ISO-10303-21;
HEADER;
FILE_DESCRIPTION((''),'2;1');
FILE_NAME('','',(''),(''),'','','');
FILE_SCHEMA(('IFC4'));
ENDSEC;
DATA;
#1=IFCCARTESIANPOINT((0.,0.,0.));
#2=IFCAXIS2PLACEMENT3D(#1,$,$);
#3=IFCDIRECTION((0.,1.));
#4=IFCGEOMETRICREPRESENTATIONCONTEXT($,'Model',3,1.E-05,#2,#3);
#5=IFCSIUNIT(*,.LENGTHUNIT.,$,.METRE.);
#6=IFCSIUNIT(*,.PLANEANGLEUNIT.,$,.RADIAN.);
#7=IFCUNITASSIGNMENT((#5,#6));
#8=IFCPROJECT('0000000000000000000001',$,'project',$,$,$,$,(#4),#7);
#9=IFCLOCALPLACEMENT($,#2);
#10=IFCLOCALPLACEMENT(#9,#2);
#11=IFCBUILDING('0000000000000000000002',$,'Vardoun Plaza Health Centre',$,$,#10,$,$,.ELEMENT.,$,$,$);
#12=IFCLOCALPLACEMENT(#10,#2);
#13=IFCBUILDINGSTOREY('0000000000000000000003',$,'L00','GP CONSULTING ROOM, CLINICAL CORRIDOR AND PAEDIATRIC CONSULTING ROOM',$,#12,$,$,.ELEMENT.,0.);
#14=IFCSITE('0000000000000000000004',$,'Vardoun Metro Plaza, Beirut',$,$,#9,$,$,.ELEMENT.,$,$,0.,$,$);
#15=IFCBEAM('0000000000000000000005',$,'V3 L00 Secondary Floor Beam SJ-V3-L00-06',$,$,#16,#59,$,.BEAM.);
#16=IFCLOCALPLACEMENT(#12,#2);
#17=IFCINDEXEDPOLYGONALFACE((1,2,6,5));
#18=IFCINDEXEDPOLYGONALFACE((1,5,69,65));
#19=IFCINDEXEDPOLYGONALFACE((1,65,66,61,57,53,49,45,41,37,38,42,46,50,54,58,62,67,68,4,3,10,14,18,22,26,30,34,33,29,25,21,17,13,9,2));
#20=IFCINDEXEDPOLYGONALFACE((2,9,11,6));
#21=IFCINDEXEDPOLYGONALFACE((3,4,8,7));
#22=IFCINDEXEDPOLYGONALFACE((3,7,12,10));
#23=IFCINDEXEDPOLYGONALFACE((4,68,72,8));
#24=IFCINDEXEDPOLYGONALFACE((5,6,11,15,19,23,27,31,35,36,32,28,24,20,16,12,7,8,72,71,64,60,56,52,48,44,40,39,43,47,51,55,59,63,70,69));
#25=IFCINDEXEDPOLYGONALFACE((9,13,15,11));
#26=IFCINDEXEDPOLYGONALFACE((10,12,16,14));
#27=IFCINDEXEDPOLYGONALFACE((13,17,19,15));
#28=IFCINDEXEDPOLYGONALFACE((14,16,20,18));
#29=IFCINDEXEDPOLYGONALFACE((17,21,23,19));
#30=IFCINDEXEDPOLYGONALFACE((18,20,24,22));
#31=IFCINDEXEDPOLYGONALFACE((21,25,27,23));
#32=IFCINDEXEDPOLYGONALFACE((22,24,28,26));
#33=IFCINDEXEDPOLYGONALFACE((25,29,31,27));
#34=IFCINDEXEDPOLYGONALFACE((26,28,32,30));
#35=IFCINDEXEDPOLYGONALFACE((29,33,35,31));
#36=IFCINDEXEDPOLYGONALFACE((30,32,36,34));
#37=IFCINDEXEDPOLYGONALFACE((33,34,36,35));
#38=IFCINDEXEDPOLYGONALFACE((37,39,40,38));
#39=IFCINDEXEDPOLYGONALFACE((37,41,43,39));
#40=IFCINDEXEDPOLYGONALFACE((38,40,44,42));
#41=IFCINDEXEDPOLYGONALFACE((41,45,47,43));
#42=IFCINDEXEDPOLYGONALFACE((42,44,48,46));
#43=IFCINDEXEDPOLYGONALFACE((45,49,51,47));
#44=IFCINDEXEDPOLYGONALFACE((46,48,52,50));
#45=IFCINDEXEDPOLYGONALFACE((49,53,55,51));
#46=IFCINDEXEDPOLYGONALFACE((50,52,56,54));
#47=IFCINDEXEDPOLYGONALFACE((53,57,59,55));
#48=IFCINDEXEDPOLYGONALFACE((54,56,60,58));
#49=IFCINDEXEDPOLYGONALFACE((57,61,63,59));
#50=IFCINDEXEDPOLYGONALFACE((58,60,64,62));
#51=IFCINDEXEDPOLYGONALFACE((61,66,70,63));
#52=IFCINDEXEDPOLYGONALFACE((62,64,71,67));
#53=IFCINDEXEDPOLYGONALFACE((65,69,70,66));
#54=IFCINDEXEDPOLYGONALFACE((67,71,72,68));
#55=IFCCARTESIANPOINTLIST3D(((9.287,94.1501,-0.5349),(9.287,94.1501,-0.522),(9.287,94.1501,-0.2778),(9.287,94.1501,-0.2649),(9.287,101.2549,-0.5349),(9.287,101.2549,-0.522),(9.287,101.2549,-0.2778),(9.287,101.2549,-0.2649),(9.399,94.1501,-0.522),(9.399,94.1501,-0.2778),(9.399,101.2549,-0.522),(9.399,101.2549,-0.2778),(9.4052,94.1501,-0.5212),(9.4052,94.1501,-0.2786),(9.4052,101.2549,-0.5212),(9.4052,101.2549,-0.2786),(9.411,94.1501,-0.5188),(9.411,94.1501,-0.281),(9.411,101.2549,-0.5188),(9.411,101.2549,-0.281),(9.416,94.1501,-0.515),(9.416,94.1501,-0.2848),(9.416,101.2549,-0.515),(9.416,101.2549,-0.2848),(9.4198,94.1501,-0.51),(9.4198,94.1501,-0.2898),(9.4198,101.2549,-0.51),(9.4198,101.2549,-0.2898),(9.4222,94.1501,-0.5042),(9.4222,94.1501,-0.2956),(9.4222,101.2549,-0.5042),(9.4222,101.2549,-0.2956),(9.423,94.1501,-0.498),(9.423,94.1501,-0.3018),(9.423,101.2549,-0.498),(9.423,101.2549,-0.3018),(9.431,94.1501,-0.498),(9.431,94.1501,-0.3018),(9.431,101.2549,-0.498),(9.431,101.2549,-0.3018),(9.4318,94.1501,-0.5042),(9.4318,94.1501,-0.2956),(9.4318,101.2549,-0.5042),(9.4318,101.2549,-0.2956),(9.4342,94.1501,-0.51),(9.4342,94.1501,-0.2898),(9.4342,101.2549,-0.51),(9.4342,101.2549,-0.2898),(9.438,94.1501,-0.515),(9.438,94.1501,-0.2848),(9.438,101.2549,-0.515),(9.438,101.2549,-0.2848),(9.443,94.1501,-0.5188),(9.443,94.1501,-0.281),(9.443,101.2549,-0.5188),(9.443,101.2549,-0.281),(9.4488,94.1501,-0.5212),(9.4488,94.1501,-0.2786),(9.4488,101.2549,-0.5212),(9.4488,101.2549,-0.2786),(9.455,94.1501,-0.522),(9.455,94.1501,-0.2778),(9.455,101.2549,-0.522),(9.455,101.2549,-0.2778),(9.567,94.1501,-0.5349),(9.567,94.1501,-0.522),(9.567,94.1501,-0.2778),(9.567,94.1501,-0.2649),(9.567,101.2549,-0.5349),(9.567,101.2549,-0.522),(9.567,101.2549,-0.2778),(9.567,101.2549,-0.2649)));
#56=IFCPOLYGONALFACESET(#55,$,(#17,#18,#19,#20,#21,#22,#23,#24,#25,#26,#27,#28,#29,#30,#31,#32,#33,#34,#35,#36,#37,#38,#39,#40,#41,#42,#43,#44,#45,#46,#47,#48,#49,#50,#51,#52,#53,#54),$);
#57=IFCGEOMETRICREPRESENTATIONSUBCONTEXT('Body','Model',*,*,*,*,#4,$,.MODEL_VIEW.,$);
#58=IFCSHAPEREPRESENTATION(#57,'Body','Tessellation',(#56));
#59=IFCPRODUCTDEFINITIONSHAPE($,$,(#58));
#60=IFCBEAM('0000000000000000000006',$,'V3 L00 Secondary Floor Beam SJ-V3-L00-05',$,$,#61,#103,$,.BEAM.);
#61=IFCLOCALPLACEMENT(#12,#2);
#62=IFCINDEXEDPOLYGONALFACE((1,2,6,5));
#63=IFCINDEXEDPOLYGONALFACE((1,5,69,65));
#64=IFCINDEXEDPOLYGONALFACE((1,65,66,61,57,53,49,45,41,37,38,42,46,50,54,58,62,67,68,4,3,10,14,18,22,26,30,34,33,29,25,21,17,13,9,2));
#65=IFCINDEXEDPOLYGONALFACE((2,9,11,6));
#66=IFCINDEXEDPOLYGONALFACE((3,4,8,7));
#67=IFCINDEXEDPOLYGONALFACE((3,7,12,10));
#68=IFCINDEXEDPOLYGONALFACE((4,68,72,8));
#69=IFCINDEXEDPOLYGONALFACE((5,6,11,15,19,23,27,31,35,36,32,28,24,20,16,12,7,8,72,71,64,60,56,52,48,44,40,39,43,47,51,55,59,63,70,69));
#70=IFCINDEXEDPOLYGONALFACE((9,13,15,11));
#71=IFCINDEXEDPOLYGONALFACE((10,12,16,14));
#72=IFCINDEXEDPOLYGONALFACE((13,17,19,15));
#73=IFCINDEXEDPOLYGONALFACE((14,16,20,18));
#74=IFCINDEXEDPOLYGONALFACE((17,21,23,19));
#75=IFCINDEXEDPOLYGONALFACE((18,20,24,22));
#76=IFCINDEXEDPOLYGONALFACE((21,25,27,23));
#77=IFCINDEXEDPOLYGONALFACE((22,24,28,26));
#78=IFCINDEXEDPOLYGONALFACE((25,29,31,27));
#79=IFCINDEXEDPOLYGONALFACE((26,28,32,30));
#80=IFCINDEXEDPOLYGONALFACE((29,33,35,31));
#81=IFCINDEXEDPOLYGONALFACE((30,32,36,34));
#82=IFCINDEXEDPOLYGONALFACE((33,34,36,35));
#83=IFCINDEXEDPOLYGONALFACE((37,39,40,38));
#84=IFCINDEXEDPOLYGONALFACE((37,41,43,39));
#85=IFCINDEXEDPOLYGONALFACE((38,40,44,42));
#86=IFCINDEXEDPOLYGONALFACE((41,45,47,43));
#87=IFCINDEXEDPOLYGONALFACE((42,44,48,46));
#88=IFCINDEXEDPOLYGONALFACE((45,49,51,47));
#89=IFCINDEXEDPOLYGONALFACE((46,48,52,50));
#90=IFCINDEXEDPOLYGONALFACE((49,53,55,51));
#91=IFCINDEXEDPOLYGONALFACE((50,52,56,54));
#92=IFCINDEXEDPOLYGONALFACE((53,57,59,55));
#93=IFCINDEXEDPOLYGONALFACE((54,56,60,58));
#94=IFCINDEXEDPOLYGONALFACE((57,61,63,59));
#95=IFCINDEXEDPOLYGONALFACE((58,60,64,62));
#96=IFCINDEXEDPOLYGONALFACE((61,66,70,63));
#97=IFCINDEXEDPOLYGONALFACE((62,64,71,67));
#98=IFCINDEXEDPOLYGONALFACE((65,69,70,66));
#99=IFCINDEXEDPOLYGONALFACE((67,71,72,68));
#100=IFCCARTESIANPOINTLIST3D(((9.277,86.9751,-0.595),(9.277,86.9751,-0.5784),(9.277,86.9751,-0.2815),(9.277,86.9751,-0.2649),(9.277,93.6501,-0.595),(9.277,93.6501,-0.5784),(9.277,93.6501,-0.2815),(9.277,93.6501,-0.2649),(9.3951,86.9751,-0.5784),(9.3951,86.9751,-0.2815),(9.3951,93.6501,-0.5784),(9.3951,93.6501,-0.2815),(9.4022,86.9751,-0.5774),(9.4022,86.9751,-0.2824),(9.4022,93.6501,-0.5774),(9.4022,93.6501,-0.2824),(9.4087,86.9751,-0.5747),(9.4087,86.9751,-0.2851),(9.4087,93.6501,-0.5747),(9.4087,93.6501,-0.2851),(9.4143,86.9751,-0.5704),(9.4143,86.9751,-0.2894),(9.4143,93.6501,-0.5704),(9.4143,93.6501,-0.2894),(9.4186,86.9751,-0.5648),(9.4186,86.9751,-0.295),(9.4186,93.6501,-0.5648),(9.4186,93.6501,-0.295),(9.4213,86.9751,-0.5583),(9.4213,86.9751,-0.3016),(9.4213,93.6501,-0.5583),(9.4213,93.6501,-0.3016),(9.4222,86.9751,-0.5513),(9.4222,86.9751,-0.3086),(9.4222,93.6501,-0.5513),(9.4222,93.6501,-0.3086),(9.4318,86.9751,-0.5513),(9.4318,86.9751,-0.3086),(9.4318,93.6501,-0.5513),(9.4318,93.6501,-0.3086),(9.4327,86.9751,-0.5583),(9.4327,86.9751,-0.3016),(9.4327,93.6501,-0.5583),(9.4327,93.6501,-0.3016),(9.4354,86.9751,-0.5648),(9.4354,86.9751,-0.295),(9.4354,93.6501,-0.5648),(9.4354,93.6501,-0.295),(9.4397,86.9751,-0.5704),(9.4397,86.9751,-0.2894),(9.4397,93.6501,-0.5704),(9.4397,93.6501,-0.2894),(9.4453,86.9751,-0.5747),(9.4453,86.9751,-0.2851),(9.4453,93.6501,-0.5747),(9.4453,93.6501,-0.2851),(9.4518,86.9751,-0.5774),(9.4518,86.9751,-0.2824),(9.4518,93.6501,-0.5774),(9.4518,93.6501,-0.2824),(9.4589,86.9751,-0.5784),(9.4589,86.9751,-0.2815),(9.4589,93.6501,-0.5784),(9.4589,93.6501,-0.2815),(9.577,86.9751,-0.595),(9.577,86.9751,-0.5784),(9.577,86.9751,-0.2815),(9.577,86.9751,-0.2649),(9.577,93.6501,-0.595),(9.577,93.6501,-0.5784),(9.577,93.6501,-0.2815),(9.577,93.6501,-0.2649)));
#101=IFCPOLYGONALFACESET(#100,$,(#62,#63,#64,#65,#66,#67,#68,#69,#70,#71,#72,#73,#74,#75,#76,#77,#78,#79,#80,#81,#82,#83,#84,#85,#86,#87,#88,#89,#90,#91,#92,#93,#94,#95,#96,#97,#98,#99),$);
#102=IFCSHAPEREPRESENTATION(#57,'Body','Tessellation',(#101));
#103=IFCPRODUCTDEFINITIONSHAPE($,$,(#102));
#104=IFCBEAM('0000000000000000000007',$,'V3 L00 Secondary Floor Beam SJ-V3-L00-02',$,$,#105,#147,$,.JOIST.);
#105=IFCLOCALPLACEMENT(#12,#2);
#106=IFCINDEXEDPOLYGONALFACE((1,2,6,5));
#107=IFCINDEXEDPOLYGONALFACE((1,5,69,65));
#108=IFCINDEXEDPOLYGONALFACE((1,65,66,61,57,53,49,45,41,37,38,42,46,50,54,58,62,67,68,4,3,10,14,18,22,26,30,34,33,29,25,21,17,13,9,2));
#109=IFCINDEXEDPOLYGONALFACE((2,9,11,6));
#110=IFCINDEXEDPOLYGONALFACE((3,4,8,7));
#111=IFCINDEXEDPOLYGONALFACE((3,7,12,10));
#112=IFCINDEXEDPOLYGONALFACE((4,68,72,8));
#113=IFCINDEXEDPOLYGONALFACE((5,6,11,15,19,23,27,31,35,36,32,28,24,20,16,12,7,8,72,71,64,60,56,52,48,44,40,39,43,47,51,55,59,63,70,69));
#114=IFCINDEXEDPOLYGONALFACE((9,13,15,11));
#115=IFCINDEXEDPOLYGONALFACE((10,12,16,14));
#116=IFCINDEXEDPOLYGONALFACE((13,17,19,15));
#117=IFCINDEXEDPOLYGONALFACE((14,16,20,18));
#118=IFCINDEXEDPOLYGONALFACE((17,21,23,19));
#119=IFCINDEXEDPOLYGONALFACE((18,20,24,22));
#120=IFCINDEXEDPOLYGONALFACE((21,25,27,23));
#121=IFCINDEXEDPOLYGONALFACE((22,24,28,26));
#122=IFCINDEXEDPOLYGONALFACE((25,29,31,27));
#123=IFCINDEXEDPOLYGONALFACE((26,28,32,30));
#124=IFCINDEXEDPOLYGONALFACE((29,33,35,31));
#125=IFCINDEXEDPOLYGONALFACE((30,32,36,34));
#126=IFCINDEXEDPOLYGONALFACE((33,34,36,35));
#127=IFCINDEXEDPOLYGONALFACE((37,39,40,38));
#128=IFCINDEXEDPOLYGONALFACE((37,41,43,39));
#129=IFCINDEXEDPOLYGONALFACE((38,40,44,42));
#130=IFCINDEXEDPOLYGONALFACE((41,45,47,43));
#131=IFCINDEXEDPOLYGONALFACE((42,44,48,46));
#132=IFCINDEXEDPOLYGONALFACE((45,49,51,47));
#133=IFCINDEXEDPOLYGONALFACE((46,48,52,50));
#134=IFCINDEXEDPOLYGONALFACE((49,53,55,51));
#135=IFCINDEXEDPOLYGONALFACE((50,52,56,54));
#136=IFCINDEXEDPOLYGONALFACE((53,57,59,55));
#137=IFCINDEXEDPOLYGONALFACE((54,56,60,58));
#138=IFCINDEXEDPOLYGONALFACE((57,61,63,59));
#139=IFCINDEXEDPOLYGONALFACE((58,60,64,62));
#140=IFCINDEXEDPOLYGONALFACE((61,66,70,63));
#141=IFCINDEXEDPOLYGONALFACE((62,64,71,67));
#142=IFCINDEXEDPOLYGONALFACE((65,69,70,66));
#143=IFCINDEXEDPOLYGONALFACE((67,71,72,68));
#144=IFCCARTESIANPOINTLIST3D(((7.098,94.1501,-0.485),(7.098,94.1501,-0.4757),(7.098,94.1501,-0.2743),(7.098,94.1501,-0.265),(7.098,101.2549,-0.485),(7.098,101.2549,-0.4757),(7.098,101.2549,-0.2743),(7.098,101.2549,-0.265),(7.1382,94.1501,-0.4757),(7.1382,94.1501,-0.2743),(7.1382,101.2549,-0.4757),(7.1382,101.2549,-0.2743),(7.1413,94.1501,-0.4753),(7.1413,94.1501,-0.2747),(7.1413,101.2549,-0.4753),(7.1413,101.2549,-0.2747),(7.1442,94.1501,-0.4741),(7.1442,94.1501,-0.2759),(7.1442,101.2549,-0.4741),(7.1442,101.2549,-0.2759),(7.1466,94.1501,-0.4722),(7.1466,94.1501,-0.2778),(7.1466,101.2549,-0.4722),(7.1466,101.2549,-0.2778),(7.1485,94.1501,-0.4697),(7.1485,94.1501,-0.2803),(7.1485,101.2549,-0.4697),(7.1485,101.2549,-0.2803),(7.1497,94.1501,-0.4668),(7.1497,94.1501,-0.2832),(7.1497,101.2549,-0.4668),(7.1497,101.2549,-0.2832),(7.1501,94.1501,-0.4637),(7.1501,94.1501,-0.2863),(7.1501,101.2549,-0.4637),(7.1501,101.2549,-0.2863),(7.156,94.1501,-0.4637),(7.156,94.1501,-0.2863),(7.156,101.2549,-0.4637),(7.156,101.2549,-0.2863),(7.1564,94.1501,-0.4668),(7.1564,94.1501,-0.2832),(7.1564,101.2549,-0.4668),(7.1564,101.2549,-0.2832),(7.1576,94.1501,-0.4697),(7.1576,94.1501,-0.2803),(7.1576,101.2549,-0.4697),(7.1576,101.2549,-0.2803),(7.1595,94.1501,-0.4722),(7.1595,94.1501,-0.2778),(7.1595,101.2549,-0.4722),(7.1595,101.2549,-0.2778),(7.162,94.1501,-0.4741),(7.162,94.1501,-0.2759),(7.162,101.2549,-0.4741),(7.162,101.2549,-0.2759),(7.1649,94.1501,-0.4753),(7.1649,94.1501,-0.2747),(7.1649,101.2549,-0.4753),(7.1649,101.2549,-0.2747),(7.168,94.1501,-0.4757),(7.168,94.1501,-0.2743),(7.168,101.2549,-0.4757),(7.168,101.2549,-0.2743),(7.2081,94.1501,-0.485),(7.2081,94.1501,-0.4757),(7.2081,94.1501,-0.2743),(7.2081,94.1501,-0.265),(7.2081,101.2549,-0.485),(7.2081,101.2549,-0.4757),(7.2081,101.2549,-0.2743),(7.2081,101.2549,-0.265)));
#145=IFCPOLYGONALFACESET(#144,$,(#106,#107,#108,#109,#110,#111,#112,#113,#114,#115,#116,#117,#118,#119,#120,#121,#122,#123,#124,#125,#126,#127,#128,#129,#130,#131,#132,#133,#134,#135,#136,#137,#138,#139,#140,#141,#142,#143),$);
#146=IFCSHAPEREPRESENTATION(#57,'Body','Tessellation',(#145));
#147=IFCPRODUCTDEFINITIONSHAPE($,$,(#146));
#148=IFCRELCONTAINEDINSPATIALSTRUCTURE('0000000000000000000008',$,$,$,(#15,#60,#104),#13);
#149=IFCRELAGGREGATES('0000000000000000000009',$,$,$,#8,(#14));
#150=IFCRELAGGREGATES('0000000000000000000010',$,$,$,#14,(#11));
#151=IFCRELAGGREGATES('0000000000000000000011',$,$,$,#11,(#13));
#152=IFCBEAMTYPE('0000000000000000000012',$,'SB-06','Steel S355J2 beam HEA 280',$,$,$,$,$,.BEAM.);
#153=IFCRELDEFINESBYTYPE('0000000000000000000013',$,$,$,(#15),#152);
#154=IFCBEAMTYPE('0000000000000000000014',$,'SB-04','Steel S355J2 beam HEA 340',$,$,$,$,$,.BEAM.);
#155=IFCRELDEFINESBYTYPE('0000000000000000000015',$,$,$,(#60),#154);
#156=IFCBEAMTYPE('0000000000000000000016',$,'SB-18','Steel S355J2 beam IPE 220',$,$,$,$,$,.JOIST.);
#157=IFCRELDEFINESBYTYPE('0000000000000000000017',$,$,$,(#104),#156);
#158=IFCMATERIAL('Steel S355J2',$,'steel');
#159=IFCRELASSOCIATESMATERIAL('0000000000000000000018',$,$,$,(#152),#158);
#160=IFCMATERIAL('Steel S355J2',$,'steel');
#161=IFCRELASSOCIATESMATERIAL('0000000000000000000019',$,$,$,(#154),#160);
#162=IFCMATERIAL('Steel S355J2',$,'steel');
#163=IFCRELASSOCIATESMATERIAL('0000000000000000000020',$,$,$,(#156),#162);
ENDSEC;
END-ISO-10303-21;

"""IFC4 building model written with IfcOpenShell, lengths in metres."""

from ifc_helpers import new_model, si_unit, direction, frame, origin, origin_2d, place, context, subcontext, project, spatial, i_section, extrude, material, material_profile, profile_set, type_object, element, save


model = new_model("IFC4")

# Units and contexts
model_context = context("Model", 3, precision=1e-05, world=origin(), true_north=direction((0.0, 1.0)))
body_context = subcontext(model_context, "Body", "Model", "MODEL_VIEW")
ifc_project = project(units=[si_unit("LENGTHUNIT", "METRE"), si_unit("PLANEANGLEUNIT", "RADIAN")], contexts=[model_context])

# Site, building, storey
site_placement = place(None, origin())
site = spatial("IfcSite", under=ifc_project, at=site_placement, Name="Vardoun Metro Plaza, Beirut", CompositionType="ELEMENT", RefElevation=0.0)
building_placement = place(site_placement, origin())
building = spatial("IfcBuilding", under=site, at=building_placement, Name="Vardoun Plaza Health Centre", CompositionType="ELEMENT")
storey_placement = place(building_placement, origin())
storey = spatial("IfcBuildingStorey", under=building, at=storey_placement, Name="L00", Description="GP CONSULTING ROOM, CLINICAL CORRIDOR AND PAEDIATRIC CONSULTING ROOM", CompositionType="ELEMENT", Elevation=0.0)

# Beams
ifc_material_1 = material(Name="Steel S355J2", Category="steel")
ifc_material_profile_1 = material_profile(ifc_material_1, i_section(OverallWidth=0.28, OverallDepth=0.27, WebThickness=0.0081, FlangeThickness=0.0129, FilletRadius=0.0239, at=origin_2d()), Name="HEA 280")
ifc_profile_set_1 = profile_set([ifc_material_profile_1], Name="Steel S355J2")
beam_type_1 = type_object("IfcBeamType", Name="SB-06", Description="Steel S355J2 beam HEA 280", PredefinedType="BEAM", material=ifc_profile_set_1)
beam_1_placement = place(storey_placement, frame((9.427, 94.1501, -0.3999), z_axis=(0.0, 1.0, 0.0), x_axis=(-1.0, 0.0, 0.0)))
element("IfcBeam", 1, at=beam_1_placement, inside=storey, type_object=beam_type_1, Name="V3 L00 Secondary Floor Beam SJ-V3-L00-06", PredefinedType="BEAM", context=body_context, shape_type="SweptSolid", body=[
    extrude(i_section(OverallWidth=0.28, OverallDepth=0.27, WebThickness=0.0081, FlangeThickness=0.0129, FilletRadius=0.0239, at=origin_2d()), origin(), (0.0, 0.0, 1.0), 7.1047),
])
ifc_material_2 = material(Name="Steel S355J2", Category="steel")
ifc_material_profile_2 = material_profile(ifc_material_2, i_section(OverallWidth=0.3, OverallDepth=0.3301, WebThickness=0.0095, FlangeThickness=0.0166, FilletRadius=0.0271, at=origin_2d()), Name="HEA 340")
ifc_profile_set_2 = profile_set([ifc_material_profile_2], Name="Steel S355J2")
beam_type_2 = type_object("IfcBeamType", Name="SB-04", Description="Steel S355J2 beam HEA 340", PredefinedType="BEAM", material=ifc_profile_set_2)
beam_2_placement = place(storey_placement, frame((9.427, 86.9751, -0.4299), z_axis=(0.0, 1.0, 0.0), x_axis=(-1.0, 0.0, 0.0)))
element("IfcBeam", 2, at=beam_2_placement, inside=storey, type_object=beam_type_2, Name="V3 L00 Secondary Floor Beam SJ-V3-L00-05", PredefinedType="BEAM", context=body_context, shape_type="SweptSolid", body=[
    extrude(i_section(OverallWidth=0.3, OverallDepth=0.3301, WebThickness=0.0095, FlangeThickness=0.0166, FilletRadius=0.0271, at=origin_2d()), origin(), (0.0, 0.0, 1.0), 6.675),
])
ifc_material_3 = material(Name="Steel S355J2", Category="steel")
ifc_material_profile_3 = material_profile(ifc_material_3, i_section(OverallWidth=0.1101, OverallDepth=0.22, WebThickness=0.0059, FlangeThickness=0.0093, FilletRadius=0.012, at=origin_2d()), Name="IPE 220")
ifc_profile_set_3 = profile_set([ifc_material_profile_3], Name="Steel S355J2")
beam_type_3 = type_object("IfcBeamType", Name="SB-18", Description="Steel S355J2 beam IPE 220", PredefinedType="JOIST", material=ifc_profile_set_3)
beam_3_placement = place(storey_placement, frame((7.1531, 94.1501, -0.375), z_axis=(0.0, 1.0, 0.0), x_axis=(-1.0, 0.0, 0.0)))
element("IfcBeam", 3, at=beam_3_placement, inside=storey, type_object=beam_type_3, Name="V3 L00 Secondary Floor Beam SJ-V3-L00-02", PredefinedType="JOIST", context=body_context, shape_type="SweptSolid", body=[
    extrude(i_section(OverallWidth=0.1101, OverallDepth=0.22, WebThickness=0.0059, FlangeThickness=0.0093, FilletRadius=0.012, at=origin_2d()), origin(), (0.0, 0.0, 1.0), 7.1047),
])

save(model, "model.ifc")
